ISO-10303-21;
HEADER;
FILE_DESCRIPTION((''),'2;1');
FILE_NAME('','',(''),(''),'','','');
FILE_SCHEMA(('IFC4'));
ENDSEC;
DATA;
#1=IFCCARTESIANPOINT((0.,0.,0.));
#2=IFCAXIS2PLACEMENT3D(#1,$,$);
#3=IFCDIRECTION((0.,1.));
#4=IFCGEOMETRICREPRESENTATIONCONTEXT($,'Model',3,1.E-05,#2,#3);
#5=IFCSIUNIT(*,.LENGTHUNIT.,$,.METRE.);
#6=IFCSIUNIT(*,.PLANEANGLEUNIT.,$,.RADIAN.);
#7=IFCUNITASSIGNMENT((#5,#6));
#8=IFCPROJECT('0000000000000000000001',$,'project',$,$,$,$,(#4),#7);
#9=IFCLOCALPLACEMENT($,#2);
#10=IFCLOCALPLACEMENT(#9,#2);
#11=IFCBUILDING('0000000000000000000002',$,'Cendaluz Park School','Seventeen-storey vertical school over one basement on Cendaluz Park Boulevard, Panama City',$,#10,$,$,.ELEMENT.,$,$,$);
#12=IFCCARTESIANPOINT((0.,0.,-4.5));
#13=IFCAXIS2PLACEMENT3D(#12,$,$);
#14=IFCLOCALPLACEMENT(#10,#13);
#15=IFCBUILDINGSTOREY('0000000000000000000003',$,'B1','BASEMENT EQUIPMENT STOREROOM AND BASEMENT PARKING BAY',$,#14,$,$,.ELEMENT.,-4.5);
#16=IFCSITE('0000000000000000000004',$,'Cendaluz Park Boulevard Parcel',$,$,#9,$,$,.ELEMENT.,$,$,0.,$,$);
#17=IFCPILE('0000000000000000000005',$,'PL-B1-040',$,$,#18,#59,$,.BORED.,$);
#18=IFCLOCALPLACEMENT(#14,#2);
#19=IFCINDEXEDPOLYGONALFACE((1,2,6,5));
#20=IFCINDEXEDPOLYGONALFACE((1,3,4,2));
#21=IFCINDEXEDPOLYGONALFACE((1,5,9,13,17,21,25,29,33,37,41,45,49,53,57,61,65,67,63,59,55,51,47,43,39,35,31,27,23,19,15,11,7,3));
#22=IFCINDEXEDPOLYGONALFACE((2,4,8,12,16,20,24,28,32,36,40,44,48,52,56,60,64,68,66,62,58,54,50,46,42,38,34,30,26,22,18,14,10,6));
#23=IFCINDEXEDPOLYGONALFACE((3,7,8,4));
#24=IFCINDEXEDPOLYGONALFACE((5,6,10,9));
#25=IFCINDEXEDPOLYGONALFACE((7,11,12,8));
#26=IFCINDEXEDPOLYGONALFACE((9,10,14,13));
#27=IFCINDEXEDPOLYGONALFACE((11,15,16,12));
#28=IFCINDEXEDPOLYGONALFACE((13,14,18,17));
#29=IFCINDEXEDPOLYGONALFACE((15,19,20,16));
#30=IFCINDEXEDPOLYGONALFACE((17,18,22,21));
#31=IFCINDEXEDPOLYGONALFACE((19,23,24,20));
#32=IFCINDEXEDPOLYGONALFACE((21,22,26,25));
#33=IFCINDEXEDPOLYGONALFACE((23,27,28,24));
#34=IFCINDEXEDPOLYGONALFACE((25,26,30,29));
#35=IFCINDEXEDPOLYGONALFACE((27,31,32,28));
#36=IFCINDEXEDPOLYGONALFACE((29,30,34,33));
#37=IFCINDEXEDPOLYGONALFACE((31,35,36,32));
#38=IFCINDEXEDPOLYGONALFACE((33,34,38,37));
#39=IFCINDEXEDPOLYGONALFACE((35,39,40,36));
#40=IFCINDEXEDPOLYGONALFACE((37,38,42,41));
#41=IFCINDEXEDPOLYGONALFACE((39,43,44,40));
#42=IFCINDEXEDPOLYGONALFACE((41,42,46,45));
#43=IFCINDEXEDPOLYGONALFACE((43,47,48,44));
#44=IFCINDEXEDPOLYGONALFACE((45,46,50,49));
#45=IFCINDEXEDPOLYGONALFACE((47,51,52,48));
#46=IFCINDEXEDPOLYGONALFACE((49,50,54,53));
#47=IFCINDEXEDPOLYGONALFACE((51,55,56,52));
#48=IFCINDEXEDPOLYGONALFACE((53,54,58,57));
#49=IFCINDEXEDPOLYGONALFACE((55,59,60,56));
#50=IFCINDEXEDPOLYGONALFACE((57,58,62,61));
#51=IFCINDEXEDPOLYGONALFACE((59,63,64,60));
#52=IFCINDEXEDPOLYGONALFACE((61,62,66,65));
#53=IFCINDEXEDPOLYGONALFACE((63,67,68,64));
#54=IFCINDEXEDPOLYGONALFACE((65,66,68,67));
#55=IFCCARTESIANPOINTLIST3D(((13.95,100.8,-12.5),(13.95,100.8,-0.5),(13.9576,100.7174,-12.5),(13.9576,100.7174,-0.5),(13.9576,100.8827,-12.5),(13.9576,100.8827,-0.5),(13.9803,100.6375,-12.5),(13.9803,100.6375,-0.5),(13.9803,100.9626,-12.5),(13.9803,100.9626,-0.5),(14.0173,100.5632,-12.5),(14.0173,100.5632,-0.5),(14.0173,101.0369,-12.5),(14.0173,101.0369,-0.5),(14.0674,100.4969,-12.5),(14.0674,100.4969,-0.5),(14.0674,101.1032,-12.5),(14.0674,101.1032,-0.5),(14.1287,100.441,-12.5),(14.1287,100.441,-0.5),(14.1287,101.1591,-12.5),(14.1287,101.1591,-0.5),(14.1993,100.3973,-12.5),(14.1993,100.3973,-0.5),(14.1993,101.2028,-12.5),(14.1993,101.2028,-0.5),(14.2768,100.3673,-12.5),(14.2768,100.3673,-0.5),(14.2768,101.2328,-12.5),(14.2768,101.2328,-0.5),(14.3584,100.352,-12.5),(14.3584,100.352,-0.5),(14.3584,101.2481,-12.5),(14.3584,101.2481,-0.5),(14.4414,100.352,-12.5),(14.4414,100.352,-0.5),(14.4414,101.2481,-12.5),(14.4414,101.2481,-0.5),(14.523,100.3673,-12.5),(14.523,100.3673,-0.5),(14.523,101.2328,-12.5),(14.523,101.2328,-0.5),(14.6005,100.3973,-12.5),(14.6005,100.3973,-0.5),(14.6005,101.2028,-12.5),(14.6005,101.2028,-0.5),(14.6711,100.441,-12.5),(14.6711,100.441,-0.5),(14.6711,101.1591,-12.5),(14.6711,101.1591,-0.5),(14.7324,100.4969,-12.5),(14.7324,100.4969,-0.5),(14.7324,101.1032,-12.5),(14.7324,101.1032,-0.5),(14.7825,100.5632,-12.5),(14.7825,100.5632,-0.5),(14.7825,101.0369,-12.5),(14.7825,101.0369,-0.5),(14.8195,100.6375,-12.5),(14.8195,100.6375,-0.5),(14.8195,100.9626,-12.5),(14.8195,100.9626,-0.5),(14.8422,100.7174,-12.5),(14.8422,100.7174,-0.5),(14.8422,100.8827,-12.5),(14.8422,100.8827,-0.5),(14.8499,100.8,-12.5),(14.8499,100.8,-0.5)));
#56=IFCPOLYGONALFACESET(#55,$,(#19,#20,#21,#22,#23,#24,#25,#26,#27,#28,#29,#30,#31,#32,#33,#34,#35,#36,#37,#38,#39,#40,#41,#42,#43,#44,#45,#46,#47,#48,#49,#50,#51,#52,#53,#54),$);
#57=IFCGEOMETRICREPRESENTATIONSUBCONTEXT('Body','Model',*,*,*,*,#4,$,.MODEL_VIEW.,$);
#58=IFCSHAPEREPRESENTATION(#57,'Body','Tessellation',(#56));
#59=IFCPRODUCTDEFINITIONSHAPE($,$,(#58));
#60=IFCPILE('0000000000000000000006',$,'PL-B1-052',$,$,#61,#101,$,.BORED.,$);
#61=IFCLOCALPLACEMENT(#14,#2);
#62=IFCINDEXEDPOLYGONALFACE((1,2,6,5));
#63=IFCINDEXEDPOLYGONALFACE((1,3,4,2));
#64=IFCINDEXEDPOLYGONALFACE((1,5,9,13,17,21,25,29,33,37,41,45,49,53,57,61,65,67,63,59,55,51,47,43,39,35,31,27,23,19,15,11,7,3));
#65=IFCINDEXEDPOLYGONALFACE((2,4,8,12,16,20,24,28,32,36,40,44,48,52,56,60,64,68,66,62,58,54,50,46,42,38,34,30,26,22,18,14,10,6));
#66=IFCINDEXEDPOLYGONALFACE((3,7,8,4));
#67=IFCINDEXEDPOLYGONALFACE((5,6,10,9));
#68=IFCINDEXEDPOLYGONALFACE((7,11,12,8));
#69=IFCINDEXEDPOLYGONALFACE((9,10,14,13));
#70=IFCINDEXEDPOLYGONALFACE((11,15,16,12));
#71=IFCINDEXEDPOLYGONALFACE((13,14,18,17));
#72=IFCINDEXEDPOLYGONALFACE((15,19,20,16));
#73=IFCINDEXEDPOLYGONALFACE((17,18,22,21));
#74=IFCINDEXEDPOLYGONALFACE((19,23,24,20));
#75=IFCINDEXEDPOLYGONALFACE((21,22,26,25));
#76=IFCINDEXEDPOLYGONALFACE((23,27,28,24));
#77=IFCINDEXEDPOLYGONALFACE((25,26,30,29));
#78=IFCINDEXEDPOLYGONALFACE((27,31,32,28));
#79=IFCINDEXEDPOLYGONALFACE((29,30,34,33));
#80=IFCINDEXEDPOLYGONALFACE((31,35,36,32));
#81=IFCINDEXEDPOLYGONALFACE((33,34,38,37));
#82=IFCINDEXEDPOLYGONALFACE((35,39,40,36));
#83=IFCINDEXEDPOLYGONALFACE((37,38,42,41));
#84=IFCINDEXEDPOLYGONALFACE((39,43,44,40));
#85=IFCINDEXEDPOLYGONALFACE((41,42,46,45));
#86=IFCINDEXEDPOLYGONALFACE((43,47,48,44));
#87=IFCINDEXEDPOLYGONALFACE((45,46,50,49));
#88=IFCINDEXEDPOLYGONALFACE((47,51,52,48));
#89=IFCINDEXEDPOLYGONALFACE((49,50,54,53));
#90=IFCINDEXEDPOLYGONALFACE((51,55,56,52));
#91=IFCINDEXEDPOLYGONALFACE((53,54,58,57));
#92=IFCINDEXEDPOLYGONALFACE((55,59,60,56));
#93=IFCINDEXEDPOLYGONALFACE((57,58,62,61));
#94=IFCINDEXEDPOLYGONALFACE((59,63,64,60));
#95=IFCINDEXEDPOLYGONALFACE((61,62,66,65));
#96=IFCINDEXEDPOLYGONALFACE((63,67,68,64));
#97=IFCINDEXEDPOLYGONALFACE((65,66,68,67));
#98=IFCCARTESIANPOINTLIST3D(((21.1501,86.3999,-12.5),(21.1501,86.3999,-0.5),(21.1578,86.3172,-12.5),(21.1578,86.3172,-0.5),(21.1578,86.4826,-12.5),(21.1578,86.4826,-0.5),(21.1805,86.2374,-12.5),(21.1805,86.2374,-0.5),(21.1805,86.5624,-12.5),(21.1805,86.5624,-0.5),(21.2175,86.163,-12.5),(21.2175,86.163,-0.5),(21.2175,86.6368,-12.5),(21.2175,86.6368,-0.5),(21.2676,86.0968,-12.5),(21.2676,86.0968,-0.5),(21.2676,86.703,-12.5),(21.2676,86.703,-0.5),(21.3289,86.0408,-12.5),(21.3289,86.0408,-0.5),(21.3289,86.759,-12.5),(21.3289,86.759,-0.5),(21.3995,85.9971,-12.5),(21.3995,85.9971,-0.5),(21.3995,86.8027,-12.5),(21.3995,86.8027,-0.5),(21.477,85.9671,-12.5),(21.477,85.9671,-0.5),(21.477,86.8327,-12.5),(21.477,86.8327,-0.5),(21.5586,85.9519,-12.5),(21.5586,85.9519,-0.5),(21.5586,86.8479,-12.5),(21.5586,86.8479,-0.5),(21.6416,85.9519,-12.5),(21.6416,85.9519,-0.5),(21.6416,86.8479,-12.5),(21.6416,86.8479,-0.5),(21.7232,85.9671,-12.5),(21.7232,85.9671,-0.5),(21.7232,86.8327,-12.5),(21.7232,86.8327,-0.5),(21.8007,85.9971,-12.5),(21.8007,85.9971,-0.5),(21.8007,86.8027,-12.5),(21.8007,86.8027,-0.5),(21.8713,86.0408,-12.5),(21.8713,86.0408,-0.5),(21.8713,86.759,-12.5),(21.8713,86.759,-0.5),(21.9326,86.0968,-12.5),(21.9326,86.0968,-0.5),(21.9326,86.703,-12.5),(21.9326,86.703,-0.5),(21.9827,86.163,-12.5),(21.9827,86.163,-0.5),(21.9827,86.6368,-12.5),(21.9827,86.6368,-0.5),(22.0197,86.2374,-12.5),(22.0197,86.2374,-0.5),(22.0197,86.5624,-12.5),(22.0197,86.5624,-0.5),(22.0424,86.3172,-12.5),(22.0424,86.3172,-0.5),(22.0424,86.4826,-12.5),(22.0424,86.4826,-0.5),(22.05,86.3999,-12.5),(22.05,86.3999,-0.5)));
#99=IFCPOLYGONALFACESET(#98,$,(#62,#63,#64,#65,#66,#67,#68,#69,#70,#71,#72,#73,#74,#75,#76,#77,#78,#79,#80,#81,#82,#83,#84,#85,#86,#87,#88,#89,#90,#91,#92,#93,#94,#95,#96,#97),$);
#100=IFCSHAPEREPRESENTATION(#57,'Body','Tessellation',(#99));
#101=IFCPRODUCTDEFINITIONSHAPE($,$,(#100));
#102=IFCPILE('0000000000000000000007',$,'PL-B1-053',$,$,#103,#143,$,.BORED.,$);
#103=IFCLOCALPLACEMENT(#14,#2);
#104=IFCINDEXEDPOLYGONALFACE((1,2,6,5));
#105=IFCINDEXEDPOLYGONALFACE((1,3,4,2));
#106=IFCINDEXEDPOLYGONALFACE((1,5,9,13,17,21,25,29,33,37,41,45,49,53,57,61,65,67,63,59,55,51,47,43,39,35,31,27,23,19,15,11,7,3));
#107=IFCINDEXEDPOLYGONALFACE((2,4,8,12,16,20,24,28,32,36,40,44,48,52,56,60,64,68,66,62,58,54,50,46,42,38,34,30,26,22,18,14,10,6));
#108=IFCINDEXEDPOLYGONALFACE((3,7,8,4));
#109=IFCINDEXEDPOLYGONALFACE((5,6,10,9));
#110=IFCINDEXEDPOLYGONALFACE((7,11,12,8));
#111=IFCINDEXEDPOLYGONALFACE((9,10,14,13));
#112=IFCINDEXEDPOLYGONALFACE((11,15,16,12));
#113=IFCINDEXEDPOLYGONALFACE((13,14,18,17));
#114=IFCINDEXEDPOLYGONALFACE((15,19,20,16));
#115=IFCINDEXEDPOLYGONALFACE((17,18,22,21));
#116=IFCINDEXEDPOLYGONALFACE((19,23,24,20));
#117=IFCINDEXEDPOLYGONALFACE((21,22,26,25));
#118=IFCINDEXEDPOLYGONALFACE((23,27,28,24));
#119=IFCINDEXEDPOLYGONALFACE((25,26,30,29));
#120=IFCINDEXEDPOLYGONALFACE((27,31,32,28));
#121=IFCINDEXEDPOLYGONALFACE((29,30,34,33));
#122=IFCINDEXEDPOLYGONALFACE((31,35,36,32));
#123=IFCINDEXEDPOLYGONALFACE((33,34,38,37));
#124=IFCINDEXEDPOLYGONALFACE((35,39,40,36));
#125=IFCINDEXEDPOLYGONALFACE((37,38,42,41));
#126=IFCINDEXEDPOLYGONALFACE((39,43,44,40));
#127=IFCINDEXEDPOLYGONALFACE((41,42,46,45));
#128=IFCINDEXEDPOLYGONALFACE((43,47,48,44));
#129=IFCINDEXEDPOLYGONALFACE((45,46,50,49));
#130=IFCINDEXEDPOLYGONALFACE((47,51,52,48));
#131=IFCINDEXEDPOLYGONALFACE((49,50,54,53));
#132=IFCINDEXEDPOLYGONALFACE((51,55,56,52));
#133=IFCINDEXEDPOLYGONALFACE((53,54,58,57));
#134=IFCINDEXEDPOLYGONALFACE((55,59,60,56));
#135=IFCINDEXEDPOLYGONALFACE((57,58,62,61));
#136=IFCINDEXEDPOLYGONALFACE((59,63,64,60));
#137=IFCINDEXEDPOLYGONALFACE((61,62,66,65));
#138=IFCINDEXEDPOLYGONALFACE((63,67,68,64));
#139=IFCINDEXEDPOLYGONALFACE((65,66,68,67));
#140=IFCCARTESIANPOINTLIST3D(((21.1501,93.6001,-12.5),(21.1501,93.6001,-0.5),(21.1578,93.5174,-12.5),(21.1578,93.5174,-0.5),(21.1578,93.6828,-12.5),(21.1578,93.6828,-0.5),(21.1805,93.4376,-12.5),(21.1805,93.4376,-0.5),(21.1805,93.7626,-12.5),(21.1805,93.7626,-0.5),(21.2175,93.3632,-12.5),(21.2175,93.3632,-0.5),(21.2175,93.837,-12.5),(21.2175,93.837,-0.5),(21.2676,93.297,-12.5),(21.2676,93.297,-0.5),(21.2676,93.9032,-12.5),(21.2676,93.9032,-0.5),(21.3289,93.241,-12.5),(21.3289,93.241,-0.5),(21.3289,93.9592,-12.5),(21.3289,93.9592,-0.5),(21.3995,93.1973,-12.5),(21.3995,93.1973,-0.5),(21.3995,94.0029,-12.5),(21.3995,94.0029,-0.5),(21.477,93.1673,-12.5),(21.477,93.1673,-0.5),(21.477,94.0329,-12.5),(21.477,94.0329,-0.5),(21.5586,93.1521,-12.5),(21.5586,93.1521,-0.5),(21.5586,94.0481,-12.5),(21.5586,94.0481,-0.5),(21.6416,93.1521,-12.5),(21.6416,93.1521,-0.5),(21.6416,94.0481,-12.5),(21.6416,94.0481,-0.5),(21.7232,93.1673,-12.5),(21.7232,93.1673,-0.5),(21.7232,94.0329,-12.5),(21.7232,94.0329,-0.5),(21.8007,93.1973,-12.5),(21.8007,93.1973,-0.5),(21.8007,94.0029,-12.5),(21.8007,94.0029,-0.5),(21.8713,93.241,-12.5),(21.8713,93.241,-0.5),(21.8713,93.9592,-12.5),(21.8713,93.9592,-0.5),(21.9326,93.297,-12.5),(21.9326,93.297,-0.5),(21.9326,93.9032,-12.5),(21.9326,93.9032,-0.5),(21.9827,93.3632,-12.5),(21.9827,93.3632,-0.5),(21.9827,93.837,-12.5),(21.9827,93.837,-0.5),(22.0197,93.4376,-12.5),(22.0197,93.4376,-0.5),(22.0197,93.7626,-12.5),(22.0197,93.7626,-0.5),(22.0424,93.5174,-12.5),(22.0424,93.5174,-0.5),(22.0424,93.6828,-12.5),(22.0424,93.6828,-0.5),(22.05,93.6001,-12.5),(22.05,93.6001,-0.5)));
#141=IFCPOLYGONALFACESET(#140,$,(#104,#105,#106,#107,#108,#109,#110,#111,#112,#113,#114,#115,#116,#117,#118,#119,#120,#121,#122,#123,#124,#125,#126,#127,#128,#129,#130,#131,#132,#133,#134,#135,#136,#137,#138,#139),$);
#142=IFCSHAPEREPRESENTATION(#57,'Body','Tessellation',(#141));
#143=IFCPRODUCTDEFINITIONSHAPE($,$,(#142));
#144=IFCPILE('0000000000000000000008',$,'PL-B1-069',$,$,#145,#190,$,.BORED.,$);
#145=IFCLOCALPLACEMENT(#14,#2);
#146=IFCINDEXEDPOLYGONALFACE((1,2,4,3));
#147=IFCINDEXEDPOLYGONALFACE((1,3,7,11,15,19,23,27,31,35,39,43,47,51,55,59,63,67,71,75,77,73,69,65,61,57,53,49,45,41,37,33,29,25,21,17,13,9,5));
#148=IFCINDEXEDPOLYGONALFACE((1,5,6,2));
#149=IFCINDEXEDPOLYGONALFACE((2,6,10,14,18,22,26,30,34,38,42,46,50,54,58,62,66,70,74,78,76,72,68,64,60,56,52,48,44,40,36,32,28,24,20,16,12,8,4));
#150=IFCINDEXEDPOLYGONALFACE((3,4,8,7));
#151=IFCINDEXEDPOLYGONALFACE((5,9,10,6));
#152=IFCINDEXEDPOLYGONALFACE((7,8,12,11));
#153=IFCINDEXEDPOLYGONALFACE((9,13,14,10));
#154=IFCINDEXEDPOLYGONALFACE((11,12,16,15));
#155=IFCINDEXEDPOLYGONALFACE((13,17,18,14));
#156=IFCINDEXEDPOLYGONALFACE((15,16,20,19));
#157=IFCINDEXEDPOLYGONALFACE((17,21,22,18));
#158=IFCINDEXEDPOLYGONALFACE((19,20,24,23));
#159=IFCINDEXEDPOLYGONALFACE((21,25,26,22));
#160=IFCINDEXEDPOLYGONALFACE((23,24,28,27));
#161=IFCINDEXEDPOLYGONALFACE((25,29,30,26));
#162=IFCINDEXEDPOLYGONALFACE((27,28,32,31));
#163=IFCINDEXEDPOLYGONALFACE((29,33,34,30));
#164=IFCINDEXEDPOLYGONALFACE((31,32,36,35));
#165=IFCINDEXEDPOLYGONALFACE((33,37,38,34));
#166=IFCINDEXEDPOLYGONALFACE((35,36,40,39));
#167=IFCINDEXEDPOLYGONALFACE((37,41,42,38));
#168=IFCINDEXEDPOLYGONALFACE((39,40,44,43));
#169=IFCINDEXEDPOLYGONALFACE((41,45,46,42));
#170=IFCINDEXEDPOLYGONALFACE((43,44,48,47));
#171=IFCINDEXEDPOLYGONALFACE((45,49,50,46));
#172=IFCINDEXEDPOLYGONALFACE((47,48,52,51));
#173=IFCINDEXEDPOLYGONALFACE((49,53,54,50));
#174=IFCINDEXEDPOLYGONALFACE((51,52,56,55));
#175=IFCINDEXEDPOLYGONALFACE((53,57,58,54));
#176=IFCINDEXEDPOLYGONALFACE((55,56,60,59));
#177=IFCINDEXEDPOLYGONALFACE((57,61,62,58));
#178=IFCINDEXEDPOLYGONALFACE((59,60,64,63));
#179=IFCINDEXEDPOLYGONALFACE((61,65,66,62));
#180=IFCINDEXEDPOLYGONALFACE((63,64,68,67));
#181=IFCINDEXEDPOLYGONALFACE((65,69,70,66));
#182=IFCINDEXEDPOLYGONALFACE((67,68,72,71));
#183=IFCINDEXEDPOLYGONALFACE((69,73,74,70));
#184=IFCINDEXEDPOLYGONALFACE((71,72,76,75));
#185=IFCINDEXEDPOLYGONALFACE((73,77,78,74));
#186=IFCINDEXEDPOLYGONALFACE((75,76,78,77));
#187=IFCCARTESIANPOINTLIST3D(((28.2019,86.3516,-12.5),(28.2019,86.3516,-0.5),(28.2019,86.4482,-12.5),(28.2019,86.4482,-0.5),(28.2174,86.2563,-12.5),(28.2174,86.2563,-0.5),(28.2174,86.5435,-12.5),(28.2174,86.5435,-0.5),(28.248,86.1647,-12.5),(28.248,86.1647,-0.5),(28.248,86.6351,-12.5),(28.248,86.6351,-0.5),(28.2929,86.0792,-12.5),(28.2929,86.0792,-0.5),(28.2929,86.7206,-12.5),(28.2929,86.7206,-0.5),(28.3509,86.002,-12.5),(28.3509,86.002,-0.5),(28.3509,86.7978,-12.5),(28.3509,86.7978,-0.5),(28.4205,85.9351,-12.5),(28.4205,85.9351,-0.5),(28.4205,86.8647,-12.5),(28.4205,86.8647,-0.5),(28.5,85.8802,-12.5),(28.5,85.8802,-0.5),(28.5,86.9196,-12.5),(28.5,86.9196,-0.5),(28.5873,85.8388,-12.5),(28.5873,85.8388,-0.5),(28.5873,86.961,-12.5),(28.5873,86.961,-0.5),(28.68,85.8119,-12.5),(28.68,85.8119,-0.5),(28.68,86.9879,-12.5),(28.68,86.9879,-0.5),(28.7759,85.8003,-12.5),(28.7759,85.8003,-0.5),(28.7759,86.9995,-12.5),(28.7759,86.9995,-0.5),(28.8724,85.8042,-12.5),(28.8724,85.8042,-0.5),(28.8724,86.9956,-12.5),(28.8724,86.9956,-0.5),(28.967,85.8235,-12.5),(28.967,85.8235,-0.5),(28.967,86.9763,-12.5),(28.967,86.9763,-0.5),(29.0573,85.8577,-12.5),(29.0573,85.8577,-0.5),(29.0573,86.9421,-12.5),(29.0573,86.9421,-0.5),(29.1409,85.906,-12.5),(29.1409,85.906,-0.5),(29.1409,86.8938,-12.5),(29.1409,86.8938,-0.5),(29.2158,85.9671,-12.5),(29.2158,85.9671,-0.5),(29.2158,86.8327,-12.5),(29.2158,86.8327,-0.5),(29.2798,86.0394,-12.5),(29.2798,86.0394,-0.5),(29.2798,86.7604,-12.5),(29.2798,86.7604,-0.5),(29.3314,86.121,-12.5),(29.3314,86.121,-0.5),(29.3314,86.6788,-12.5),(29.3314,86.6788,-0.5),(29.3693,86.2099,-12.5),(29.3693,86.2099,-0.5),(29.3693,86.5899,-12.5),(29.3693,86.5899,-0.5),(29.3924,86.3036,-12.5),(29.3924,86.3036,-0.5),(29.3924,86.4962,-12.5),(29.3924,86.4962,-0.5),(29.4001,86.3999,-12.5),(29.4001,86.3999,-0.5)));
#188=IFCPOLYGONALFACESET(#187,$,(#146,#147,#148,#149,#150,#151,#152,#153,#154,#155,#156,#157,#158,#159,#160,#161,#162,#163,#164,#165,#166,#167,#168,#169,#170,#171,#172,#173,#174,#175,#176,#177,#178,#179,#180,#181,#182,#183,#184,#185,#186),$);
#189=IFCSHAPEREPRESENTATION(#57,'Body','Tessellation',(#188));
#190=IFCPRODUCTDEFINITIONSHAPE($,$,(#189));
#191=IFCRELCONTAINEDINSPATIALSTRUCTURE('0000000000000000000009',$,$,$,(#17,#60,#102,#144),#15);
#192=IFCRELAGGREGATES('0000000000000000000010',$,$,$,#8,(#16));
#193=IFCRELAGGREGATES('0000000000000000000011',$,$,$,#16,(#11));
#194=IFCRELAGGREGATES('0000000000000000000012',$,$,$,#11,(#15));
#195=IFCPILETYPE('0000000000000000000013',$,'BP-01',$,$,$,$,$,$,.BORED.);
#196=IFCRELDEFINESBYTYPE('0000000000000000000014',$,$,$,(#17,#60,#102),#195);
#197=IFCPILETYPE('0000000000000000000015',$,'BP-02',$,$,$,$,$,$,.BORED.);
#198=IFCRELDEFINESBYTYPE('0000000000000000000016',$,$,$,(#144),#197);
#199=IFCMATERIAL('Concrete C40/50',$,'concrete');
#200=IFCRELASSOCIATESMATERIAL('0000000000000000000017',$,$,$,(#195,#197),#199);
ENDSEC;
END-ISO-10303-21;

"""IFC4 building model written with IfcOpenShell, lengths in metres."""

from ifc_helpers import new_model, si_unit, direction, frame, origin, origin_2d, place, context, subcontext, project, spatial, circle, extrude, material, material_profile, profile_set, type_object, element, save


model = new_model("IFC4")

# Units and contexts
model_context = context("Model", 3, precision=1e-05, world=origin(), true_north=direction((0.0, 1.0)))
body_context = subcontext(model_context, "Body", "Model", "MODEL_VIEW")
ifc_project = project(units=[si_unit("LENGTHUNIT", "METRE"), si_unit("PLANEANGLEUNIT", "RADIAN")], contexts=[model_context])

# Site, building, storey
site_placement = place(None, origin())
site = spatial("IfcSite", under=ifc_project, at=site_placement, Name="Cendaluz Park Boulevard Parcel", CompositionType="ELEMENT", RefElevation=0.0)
building_placement = place(site_placement, origin())
building = spatial("IfcBuilding", under=site, at=building_placement, Name="Cendaluz Park School", Description="Seventeen-storey vertical school over one basement on Cendaluz Park Boulevard, Panama City", CompositionType="ELEMENT")
storey_placement = place(building_placement, frame((0.0, 0.0, -4.5)))
storey = spatial("IfcBuildingStorey", under=building, at=storey_placement, Name="B1", Description="BASEMENT EQUIPMENT STOREROOM AND BASEMENT PARKING BAY", CompositionType="ELEMENT", Elevation=-4.5)

# Piles
ifc_material_1 = material(Name="Concrete C40/50", Category="concrete")
ifc_material_profile_1 = material_profile(ifc_material_1, circle(Radius=0.45, at=origin_2d()), Name="BP D900", Category="concrete")
ifc_profile_set_1 = profile_set([ifc_material_profile_1], Name="Concrete C40/50")
pile_type_1 = type_object("IfcPileType", Name="BP-01", PredefinedType="BORED", material=ifc_profile_set_1)
for number, where, z_axis, x_axis, name in (
    (1, (14.3999, 100.8, -0.5), (0.0, 0.0, -1.0), (1.0, 0.0, 0.0), "PL-B1-040"),
    (2, (21.6001, 86.3999, -0.5), (0.0, 0.0, -1.0), (1.0, 0.0, 0.0), "PL-B1-052"),
    (3, (21.6001, 93.6001, -0.5), (0.0, 0.0, -1.0), (1.0, 0.0, 0.0), "PL-B1-053"),
):
    element("IfcPile", number, at=place(storey_placement, frame(where, z_axis=z_axis, x_axis=x_axis)), inside=storey, type_object=pile_type_1, Name=name, PredefinedType="BORED", context=body_context, shape_type="SweptSolid", body=[
        extrude(circle(Radius=0.45, at=origin_2d()), origin(), (0.0, 0.0, 1.0), 12.0),
    ])
ifc_material_profile_2 = material_profile(ifc_material_1, circle(Radius=0.6001, at=origin_2d()), Name="BP D1200", Category="concrete")
ifc_profile_set_2 = profile_set([ifc_material_profile_2], Name="Concrete C40/50")
pile_type_2 = type_object("IfcPileType", Name="BP-02", PredefinedType="BORED", material=ifc_profile_set_2)
for number, where, z_axis, x_axis, name in (
    (4, (28.8, 86.3999, -0.5), (0.0, 0.0, -1.0), (1.0, 0.0, 0.0), "PL-B1-069"),
):
    element("IfcPile", number, at=place(storey_placement, frame(where, z_axis=z_axis, x_axis=x_axis)), inside=storey, type_object=pile_type_2, Name=name, PredefinedType="BORED", context=body_context, shape_type="SweptSolid", body=[
        extrude(circle(Radius=0.6001, at=origin_2d()), origin(), (0.0, 0.0, 1.0), 12.0),
    ])

save(model, "model.ifc")
